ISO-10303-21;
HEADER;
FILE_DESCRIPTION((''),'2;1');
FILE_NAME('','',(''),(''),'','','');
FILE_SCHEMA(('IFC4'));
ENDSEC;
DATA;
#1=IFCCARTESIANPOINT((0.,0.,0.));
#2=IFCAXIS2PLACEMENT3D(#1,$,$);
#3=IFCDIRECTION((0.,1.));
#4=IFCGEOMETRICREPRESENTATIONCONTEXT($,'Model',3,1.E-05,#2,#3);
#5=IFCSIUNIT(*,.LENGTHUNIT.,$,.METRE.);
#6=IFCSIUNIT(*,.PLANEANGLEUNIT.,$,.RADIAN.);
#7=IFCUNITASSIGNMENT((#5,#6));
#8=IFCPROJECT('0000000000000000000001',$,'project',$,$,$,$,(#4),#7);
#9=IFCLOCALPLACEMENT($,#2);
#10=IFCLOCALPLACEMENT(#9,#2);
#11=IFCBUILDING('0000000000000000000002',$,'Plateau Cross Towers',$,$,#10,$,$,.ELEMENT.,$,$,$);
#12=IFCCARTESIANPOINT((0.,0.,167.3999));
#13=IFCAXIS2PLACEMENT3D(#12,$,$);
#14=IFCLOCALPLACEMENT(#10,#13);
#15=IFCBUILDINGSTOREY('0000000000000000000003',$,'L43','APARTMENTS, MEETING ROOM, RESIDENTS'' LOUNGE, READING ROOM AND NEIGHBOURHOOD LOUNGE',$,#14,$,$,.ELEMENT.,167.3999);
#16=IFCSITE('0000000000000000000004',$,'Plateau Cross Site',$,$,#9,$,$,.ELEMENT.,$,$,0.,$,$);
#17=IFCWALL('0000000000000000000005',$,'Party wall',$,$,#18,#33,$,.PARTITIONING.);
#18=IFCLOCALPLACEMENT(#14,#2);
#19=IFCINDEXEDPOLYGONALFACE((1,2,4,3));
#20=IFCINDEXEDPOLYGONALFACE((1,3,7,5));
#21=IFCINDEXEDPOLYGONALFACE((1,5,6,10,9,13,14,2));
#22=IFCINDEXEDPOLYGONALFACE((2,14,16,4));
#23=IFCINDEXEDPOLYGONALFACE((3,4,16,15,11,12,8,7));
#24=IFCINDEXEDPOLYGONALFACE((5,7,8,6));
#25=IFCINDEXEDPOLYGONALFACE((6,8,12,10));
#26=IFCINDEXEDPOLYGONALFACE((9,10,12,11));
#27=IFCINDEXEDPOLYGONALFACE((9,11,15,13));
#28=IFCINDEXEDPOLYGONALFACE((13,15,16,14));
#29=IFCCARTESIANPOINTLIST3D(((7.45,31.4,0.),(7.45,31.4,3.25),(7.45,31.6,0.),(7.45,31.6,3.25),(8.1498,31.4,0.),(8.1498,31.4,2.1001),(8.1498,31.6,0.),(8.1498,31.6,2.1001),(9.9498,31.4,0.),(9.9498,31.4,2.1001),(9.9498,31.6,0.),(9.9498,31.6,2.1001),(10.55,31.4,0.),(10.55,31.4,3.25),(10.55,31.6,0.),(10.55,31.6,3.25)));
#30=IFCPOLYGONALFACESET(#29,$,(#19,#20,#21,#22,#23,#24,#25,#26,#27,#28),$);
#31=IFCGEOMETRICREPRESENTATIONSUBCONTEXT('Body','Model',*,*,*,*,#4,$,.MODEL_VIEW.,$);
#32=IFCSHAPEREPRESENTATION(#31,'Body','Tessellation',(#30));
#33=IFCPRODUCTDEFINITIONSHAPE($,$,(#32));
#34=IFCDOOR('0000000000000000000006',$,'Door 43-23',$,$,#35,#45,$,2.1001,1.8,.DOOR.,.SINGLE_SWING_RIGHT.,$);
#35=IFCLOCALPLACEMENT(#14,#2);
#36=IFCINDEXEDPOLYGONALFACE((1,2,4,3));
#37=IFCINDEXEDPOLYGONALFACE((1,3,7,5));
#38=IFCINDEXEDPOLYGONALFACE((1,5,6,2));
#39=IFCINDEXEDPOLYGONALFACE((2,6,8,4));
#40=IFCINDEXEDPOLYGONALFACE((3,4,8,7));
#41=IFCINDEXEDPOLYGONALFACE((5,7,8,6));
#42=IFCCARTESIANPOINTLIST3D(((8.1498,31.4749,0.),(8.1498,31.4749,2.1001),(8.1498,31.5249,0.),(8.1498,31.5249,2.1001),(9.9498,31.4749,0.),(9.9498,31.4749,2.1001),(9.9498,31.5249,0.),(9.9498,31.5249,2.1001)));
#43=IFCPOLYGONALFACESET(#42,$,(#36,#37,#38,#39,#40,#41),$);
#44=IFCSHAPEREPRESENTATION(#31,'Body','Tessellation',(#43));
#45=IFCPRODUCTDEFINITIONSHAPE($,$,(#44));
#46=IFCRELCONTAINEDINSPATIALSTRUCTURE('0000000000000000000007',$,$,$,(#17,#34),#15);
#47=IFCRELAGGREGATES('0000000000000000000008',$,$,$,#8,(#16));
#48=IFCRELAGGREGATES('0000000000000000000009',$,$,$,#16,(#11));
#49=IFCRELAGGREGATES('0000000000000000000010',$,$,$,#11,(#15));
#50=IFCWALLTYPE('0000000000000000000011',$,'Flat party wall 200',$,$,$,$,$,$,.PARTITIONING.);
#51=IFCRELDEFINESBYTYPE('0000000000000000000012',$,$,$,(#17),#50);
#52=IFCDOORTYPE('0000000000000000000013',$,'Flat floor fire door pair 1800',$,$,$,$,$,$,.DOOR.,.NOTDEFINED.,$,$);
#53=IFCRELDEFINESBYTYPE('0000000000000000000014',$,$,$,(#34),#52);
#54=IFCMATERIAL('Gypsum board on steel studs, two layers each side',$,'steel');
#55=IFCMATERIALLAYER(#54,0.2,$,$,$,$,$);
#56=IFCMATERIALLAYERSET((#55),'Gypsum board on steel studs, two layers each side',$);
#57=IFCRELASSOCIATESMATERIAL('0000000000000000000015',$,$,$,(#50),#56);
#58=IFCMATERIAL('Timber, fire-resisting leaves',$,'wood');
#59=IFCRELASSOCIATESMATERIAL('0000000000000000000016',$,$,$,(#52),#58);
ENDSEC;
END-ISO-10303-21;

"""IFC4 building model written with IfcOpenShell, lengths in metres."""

from ifc_helpers import new_model, si_unit, direction, frame, frame_2d, origin, place, context, subcontext, project, spatial, rectangle, extrude, material, layer, layer_set, type_object, element, fill, save


model = new_model("IFC4")

# Units and contexts
model_context = context("Model", 3, precision=1e-05, world=origin(), true_north=direction((0.0, 1.0)))
body_context = subcontext(model_context, "Body", "Model", "MODEL_VIEW")
ifc_project = project(units=[si_unit("LENGTHUNIT", "METRE"), si_unit("PLANEANGLEUNIT", "RADIAN")], contexts=[model_context])

# Site, building, storey
site_placement = place(None, origin())
site = spatial("IfcSite", under=ifc_project, at=site_placement, Name="Plateau Cross Site", CompositionType="ELEMENT", RefElevation=0.0)
building_placement = place(site_placement, origin())
building = spatial("IfcBuilding", under=site, at=building_placement, Name="Plateau Cross Towers", CompositionType="ELEMENT")
storey_placement = place(building_placement, frame((0.0, 0.0, 167.3999)))
storey = spatial("IfcBuildingStorey", under=building, at=storey_placement, Name="L43", Description="APARTMENTS, MEETING ROOM, RESIDENTS' LOUNGE, READING ROOM AND NEIGHBOURHOOD LOUNGE", CompositionType="ELEMENT", Elevation=167.3999)

# Shared definitions
ifc_material_1 = material(Name="Gypsum board on steel studs, two layers each side", Category="steel")
ifc_layer_1 = layer(ifc_material_1, 0.2)
ifc_layer_set_1 = layer_set([ifc_layer_1], Name="Gypsum board on steel studs, two layers each side")
wall_type_1 = type_object("IfcWallType", Name="Flat party wall 200", PredefinedType="PARTITIONING", material=ifc_layer_set_1)

# Wall, opening, door
wall_1_placement = place(storey_placement, frame((7.45, 31.5, 0.0), z_axis=(0.0, 0.0, 1.0), x_axis=(1.0, 0.0, 0.0)))
wall_1 = element("IfcWall", 1, at=wall_1_placement, inside=storey, type_object=wall_type_1, Name="Party wall", PredefinedType="PARTITIONING", context=body_context, shape_type="SweptSolid", body=[
    extrude(rectangle(XDim=3.1001, YDim=0.2, at=frame_2d((1.55, 0.0))), origin(), (0.0, 0.0, 1.0), 3.25),
])
opening_1_placement = place(wall_1_placement, frame((0.7, 0.0, 0.0)))
opening_1 = element("IfcOpeningElement", 2, at=opening_1_placement, cuts=wall_1, PredefinedType="OPENING", context=body_context, shape_type="SweptSolid", body=[
    extrude(rectangle(XDim=1.8, YDim=2.1001, at=frame_2d((0.8999, 1.05))), frame((0.0, 0.1099, 0.0), z_axis=(0.0, -1.0, 0.0), x_axis=(1.0, 0.0, 0.0)), (0.0, 0.0, 1.0), 0.22),
])
ifc_material_2 = material(Name="Timber, fire-resisting leaves", Category="wood")
door_type_1 = type_object("IfcDoorType", Name="Flat floor fire door pair 1800", OperationType="NOTDEFINED", PredefinedType="DOOR", material=ifc_material_2)
door_1_placement = place(opening_1_placement, origin())
door_1 = element("IfcDoor", 3, at=door_1_placement, inside=storey, type_object=door_type_1, Name="Door 43-23", OperationType="SINGLE_SWING_RIGHT", OverallHeight=2.1001, OverallWidth=1.8, PredefinedType="DOOR", context=body_context, shape_type="SweptSolid", body=[
    extrude(rectangle(XDim=1.8, YDim=2.1001, at=frame_2d((0.8999, 1.05))), frame((0.0, 0.0249, 0.0), z_axis=(0.0, -1.0, 0.0), x_axis=(1.0, 0.0, 0.0)), (0.0, 0.0, 1.0), 0.05),
])
fill(opening_1, door_1)

save(model, "model.ifc")
